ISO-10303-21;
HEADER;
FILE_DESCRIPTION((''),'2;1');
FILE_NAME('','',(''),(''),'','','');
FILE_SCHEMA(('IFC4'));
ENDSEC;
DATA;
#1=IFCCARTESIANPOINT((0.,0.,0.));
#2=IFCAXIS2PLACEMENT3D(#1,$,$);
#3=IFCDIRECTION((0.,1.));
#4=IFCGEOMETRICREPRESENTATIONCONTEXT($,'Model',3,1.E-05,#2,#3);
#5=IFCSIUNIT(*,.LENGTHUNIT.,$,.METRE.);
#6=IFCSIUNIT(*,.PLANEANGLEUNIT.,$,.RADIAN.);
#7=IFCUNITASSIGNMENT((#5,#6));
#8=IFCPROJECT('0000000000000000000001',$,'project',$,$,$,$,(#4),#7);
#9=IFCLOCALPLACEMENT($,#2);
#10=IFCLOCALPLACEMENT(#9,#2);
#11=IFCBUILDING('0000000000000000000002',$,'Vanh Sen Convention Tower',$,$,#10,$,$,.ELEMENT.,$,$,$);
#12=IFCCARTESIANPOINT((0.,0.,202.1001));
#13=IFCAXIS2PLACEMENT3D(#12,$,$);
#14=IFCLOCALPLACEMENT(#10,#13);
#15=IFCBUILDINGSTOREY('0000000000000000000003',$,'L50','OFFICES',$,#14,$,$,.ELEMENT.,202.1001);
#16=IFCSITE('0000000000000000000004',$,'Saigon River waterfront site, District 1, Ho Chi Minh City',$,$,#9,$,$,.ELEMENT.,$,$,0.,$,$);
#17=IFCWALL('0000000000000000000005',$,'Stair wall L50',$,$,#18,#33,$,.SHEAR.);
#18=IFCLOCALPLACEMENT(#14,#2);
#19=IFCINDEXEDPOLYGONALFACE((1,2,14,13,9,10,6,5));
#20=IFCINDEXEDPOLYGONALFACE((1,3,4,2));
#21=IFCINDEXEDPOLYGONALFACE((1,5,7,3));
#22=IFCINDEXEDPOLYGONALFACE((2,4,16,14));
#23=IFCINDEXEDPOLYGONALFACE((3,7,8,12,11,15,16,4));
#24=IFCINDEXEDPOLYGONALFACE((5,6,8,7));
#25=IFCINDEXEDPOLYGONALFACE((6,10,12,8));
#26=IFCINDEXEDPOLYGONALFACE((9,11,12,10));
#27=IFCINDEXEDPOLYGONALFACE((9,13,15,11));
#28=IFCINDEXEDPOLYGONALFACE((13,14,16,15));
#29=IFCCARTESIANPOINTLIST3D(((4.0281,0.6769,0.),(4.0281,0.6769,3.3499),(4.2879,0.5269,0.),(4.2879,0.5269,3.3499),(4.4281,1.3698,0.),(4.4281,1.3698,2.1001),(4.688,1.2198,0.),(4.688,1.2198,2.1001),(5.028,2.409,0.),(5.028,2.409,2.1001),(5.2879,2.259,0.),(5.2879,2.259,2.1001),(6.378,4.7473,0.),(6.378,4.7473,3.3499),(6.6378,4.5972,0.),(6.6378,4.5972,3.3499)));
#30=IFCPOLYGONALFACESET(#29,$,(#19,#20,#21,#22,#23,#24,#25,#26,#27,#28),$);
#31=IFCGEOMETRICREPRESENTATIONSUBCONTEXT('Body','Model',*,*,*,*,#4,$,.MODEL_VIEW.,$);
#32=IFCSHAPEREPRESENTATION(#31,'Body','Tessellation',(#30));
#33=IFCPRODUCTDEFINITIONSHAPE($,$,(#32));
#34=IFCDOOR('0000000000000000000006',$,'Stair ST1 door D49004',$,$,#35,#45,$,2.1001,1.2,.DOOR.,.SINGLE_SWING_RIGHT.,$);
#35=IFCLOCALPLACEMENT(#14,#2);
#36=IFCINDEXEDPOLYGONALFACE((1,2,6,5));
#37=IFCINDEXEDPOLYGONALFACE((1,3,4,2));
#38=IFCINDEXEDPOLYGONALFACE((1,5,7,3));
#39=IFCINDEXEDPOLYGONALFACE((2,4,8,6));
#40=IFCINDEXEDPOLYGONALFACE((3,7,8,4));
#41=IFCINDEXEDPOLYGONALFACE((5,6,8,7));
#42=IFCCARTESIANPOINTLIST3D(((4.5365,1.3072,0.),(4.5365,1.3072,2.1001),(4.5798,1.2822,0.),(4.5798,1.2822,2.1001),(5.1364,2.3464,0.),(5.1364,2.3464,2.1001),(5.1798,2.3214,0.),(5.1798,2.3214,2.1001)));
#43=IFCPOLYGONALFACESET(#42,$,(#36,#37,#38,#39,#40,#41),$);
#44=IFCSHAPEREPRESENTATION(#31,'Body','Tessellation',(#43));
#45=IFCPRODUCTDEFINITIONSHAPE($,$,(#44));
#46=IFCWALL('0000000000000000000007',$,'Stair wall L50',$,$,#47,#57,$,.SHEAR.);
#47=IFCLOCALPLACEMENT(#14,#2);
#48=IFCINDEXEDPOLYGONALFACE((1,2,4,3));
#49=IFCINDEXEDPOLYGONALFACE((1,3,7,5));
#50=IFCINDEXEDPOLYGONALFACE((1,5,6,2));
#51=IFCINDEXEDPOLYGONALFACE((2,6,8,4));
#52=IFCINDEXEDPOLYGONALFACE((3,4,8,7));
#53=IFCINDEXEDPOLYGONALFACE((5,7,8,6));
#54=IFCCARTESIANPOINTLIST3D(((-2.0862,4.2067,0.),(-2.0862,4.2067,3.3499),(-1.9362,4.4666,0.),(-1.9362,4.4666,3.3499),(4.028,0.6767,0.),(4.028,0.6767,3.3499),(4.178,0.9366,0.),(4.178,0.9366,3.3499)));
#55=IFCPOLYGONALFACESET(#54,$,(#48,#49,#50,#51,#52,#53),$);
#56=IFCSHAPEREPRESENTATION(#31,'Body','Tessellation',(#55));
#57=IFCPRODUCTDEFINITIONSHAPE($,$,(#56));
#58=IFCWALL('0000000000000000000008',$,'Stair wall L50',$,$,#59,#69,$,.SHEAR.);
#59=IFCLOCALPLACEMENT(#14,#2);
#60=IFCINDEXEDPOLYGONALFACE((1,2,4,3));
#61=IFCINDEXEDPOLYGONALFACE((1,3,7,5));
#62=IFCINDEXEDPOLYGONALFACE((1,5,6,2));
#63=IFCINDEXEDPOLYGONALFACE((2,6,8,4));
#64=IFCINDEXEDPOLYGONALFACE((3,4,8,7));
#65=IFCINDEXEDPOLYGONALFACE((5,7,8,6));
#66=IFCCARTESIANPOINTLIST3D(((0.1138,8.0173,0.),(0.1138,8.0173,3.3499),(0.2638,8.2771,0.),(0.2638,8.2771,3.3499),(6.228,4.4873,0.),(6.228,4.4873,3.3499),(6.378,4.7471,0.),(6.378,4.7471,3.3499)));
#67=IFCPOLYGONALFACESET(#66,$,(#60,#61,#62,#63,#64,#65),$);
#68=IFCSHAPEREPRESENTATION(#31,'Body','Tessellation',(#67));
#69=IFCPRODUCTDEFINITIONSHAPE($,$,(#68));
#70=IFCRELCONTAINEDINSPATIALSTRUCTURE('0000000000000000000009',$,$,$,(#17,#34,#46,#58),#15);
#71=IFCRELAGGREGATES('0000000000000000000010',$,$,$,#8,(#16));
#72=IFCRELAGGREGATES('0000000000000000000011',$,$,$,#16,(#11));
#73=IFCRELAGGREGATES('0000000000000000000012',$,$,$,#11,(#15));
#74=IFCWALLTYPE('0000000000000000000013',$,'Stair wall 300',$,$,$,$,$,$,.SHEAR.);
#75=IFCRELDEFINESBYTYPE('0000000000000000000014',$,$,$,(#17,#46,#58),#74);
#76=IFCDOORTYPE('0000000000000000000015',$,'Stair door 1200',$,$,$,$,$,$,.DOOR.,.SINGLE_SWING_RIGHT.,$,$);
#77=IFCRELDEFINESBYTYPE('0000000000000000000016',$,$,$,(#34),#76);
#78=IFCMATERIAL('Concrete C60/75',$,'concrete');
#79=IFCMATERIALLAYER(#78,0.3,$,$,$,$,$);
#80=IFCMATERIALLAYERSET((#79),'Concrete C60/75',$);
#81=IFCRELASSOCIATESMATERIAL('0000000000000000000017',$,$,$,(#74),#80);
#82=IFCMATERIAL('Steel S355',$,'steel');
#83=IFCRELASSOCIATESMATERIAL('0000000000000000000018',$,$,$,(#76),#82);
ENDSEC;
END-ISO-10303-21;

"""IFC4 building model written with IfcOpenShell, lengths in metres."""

from ifc_helpers import new_model, si_unit, direction, frame, frame_2d, origin, place, context, subcontext, project, spatial, rectangle, extrude, material, layer, layer_set, type_object, element, fill, save


model = new_model("IFC4")

# Units and contexts
model_context = context("Model", 3, precision=1e-05, world=origin(), true_north=direction((0.0, 1.0)))
body_context = subcontext(model_context, "Body", "Model", "MODEL_VIEW")
ifc_project = project(units=[si_unit("LENGTHUNIT", "METRE"), si_unit("PLANEANGLEUNIT", "RADIAN")], contexts=[model_context])

# Site, building, storey
site_placement = place(None, origin())
site = spatial("IfcSite", under=ifc_project, at=site_placement, Name="Saigon River waterfront site, District 1, Ho Chi Minh City", CompositionType="ELEMENT", RefElevation=0.0)
building_placement = place(site_placement, origin())
building = spatial("IfcBuilding", under=site, at=building_placement, Name="Vanh Sen Convention Tower", CompositionType="ELEMENT")
storey_placement = place(building_placement, frame((0.0, 0.0, 202.1001)))
storey = spatial("IfcBuildingStorey", under=building, at=storey_placement, Name="L50", Description="OFFICES", CompositionType="ELEMENT", Elevation=202.1001)

# Shared definitions
ifc_material_1 = material(Name="Steel S355", Category="steel")

# Shared definitions
ifc_material_2 = material(Name="Concrete C60/75", Category="concrete")

# Wall, opening, door
ifc_layer_1 = layer(ifc_material_2, 0.3)
ifc_layer_set_1 = layer_set([ifc_layer_1], Name="Concrete C60/75")
wall_type_1 = type_object("IfcWallType", Name="Stair wall 300", PredefinedType="SHEAR", material=ifc_layer_set_1)
wall_1_placement = place(storey_placement, frame((4.158, 0.6018, 0.0), z_axis=(0.0, 0.0, 1.0), x_axis=(0.499977, 0.866039, 0.0)))
wall_1 = element("IfcWall", 1, at=wall_1_placement, inside=storey, type_object=wall_type_1, Name="Stair wall L50", PredefinedType="SHEAR", context=body_context, shape_type="SweptSolid", body=[
    extrude(rectangle(XDim=4.7, YDim=0.3, at=frame_2d((2.3501, 0.0))), origin(), (0.0, 0.0, 1.0), 3.3499),
])
opening_1_placement = place(wall_1_placement, frame((0.8, 0.0, 0.0)))
opening_1 = element("IfcOpeningElement", 2, at=opening_1_placement, cuts=wall_1, PredefinedType="OPENING", context=body_context, shape_type="SweptSolid", body=[
    extrude(rectangle(XDim=1.2, YDim=2.1001, at=frame_2d((0.6001, 1.05))), frame((0.0, 0.1599, 0.0), z_axis=(0.0, -1.0, 0.0), x_axis=(1.0, 0.0, 0.0)), (0.0, 0.0, 1.0), 0.3201),
])
door_type_1 = type_object("IfcDoorType", Name="Stair door 1200", OperationType="SINGLE_SWING_RIGHT", PredefinedType="DOOR", material=ifc_material_1)
door_1_placement = place(opening_1_placement, origin())
door_1 = element("IfcDoor", 3, at=door_1_placement, inside=storey, type_object=door_type_1, Name="Stair ST1 door D49004", OperationType="SINGLE_SWING_RIGHT", OverallHeight=2.1001, OverallWidth=1.2, PredefinedType="DOOR", context=body_context, shape_type="SweptSolid", body=[
    extrude(rectangle(XDim=1.2, YDim=2.1001, at=frame_2d((0.6001, 1.05))), frame((0.0, 0.0249, 0.0), z_axis=(0.0, -1.0, 0.0), x_axis=(1.0, 0.0, 0.0)), (0.0, 0.0, 1.0), 0.05),
])
fill(opening_1, door_1)

# Walls
for number, where, z_axis, x_axis, name in (
    (4, (4.103, 0.8066, 0.0), (0.0, 0.0, 1.0), (-0.866028, 0.499996, 0.0), "Stair wall L50"),
    (5, (6.303, 4.6172, 0.0), (0.0, 0.0, 1.0), (-0.866028, 0.499996, 0.0), "Stair wall L50"),
):
    element("IfcWall", number, at=place(storey_placement, frame(where, z_axis=z_axis, x_axis=x_axis)), inside=storey, type_object=wall_type_1, Name=name, PredefinedType="SHEAR", context=body_context, shape_type="SweptSolid", body=[
        extrude(rectangle(XDim=7.0601, YDim=0.3, at=frame_2d((3.53, 0.0))), origin(), (0.0, 0.0, 1.0), 3.3499),
    ])

save(model, "model.ifc")
